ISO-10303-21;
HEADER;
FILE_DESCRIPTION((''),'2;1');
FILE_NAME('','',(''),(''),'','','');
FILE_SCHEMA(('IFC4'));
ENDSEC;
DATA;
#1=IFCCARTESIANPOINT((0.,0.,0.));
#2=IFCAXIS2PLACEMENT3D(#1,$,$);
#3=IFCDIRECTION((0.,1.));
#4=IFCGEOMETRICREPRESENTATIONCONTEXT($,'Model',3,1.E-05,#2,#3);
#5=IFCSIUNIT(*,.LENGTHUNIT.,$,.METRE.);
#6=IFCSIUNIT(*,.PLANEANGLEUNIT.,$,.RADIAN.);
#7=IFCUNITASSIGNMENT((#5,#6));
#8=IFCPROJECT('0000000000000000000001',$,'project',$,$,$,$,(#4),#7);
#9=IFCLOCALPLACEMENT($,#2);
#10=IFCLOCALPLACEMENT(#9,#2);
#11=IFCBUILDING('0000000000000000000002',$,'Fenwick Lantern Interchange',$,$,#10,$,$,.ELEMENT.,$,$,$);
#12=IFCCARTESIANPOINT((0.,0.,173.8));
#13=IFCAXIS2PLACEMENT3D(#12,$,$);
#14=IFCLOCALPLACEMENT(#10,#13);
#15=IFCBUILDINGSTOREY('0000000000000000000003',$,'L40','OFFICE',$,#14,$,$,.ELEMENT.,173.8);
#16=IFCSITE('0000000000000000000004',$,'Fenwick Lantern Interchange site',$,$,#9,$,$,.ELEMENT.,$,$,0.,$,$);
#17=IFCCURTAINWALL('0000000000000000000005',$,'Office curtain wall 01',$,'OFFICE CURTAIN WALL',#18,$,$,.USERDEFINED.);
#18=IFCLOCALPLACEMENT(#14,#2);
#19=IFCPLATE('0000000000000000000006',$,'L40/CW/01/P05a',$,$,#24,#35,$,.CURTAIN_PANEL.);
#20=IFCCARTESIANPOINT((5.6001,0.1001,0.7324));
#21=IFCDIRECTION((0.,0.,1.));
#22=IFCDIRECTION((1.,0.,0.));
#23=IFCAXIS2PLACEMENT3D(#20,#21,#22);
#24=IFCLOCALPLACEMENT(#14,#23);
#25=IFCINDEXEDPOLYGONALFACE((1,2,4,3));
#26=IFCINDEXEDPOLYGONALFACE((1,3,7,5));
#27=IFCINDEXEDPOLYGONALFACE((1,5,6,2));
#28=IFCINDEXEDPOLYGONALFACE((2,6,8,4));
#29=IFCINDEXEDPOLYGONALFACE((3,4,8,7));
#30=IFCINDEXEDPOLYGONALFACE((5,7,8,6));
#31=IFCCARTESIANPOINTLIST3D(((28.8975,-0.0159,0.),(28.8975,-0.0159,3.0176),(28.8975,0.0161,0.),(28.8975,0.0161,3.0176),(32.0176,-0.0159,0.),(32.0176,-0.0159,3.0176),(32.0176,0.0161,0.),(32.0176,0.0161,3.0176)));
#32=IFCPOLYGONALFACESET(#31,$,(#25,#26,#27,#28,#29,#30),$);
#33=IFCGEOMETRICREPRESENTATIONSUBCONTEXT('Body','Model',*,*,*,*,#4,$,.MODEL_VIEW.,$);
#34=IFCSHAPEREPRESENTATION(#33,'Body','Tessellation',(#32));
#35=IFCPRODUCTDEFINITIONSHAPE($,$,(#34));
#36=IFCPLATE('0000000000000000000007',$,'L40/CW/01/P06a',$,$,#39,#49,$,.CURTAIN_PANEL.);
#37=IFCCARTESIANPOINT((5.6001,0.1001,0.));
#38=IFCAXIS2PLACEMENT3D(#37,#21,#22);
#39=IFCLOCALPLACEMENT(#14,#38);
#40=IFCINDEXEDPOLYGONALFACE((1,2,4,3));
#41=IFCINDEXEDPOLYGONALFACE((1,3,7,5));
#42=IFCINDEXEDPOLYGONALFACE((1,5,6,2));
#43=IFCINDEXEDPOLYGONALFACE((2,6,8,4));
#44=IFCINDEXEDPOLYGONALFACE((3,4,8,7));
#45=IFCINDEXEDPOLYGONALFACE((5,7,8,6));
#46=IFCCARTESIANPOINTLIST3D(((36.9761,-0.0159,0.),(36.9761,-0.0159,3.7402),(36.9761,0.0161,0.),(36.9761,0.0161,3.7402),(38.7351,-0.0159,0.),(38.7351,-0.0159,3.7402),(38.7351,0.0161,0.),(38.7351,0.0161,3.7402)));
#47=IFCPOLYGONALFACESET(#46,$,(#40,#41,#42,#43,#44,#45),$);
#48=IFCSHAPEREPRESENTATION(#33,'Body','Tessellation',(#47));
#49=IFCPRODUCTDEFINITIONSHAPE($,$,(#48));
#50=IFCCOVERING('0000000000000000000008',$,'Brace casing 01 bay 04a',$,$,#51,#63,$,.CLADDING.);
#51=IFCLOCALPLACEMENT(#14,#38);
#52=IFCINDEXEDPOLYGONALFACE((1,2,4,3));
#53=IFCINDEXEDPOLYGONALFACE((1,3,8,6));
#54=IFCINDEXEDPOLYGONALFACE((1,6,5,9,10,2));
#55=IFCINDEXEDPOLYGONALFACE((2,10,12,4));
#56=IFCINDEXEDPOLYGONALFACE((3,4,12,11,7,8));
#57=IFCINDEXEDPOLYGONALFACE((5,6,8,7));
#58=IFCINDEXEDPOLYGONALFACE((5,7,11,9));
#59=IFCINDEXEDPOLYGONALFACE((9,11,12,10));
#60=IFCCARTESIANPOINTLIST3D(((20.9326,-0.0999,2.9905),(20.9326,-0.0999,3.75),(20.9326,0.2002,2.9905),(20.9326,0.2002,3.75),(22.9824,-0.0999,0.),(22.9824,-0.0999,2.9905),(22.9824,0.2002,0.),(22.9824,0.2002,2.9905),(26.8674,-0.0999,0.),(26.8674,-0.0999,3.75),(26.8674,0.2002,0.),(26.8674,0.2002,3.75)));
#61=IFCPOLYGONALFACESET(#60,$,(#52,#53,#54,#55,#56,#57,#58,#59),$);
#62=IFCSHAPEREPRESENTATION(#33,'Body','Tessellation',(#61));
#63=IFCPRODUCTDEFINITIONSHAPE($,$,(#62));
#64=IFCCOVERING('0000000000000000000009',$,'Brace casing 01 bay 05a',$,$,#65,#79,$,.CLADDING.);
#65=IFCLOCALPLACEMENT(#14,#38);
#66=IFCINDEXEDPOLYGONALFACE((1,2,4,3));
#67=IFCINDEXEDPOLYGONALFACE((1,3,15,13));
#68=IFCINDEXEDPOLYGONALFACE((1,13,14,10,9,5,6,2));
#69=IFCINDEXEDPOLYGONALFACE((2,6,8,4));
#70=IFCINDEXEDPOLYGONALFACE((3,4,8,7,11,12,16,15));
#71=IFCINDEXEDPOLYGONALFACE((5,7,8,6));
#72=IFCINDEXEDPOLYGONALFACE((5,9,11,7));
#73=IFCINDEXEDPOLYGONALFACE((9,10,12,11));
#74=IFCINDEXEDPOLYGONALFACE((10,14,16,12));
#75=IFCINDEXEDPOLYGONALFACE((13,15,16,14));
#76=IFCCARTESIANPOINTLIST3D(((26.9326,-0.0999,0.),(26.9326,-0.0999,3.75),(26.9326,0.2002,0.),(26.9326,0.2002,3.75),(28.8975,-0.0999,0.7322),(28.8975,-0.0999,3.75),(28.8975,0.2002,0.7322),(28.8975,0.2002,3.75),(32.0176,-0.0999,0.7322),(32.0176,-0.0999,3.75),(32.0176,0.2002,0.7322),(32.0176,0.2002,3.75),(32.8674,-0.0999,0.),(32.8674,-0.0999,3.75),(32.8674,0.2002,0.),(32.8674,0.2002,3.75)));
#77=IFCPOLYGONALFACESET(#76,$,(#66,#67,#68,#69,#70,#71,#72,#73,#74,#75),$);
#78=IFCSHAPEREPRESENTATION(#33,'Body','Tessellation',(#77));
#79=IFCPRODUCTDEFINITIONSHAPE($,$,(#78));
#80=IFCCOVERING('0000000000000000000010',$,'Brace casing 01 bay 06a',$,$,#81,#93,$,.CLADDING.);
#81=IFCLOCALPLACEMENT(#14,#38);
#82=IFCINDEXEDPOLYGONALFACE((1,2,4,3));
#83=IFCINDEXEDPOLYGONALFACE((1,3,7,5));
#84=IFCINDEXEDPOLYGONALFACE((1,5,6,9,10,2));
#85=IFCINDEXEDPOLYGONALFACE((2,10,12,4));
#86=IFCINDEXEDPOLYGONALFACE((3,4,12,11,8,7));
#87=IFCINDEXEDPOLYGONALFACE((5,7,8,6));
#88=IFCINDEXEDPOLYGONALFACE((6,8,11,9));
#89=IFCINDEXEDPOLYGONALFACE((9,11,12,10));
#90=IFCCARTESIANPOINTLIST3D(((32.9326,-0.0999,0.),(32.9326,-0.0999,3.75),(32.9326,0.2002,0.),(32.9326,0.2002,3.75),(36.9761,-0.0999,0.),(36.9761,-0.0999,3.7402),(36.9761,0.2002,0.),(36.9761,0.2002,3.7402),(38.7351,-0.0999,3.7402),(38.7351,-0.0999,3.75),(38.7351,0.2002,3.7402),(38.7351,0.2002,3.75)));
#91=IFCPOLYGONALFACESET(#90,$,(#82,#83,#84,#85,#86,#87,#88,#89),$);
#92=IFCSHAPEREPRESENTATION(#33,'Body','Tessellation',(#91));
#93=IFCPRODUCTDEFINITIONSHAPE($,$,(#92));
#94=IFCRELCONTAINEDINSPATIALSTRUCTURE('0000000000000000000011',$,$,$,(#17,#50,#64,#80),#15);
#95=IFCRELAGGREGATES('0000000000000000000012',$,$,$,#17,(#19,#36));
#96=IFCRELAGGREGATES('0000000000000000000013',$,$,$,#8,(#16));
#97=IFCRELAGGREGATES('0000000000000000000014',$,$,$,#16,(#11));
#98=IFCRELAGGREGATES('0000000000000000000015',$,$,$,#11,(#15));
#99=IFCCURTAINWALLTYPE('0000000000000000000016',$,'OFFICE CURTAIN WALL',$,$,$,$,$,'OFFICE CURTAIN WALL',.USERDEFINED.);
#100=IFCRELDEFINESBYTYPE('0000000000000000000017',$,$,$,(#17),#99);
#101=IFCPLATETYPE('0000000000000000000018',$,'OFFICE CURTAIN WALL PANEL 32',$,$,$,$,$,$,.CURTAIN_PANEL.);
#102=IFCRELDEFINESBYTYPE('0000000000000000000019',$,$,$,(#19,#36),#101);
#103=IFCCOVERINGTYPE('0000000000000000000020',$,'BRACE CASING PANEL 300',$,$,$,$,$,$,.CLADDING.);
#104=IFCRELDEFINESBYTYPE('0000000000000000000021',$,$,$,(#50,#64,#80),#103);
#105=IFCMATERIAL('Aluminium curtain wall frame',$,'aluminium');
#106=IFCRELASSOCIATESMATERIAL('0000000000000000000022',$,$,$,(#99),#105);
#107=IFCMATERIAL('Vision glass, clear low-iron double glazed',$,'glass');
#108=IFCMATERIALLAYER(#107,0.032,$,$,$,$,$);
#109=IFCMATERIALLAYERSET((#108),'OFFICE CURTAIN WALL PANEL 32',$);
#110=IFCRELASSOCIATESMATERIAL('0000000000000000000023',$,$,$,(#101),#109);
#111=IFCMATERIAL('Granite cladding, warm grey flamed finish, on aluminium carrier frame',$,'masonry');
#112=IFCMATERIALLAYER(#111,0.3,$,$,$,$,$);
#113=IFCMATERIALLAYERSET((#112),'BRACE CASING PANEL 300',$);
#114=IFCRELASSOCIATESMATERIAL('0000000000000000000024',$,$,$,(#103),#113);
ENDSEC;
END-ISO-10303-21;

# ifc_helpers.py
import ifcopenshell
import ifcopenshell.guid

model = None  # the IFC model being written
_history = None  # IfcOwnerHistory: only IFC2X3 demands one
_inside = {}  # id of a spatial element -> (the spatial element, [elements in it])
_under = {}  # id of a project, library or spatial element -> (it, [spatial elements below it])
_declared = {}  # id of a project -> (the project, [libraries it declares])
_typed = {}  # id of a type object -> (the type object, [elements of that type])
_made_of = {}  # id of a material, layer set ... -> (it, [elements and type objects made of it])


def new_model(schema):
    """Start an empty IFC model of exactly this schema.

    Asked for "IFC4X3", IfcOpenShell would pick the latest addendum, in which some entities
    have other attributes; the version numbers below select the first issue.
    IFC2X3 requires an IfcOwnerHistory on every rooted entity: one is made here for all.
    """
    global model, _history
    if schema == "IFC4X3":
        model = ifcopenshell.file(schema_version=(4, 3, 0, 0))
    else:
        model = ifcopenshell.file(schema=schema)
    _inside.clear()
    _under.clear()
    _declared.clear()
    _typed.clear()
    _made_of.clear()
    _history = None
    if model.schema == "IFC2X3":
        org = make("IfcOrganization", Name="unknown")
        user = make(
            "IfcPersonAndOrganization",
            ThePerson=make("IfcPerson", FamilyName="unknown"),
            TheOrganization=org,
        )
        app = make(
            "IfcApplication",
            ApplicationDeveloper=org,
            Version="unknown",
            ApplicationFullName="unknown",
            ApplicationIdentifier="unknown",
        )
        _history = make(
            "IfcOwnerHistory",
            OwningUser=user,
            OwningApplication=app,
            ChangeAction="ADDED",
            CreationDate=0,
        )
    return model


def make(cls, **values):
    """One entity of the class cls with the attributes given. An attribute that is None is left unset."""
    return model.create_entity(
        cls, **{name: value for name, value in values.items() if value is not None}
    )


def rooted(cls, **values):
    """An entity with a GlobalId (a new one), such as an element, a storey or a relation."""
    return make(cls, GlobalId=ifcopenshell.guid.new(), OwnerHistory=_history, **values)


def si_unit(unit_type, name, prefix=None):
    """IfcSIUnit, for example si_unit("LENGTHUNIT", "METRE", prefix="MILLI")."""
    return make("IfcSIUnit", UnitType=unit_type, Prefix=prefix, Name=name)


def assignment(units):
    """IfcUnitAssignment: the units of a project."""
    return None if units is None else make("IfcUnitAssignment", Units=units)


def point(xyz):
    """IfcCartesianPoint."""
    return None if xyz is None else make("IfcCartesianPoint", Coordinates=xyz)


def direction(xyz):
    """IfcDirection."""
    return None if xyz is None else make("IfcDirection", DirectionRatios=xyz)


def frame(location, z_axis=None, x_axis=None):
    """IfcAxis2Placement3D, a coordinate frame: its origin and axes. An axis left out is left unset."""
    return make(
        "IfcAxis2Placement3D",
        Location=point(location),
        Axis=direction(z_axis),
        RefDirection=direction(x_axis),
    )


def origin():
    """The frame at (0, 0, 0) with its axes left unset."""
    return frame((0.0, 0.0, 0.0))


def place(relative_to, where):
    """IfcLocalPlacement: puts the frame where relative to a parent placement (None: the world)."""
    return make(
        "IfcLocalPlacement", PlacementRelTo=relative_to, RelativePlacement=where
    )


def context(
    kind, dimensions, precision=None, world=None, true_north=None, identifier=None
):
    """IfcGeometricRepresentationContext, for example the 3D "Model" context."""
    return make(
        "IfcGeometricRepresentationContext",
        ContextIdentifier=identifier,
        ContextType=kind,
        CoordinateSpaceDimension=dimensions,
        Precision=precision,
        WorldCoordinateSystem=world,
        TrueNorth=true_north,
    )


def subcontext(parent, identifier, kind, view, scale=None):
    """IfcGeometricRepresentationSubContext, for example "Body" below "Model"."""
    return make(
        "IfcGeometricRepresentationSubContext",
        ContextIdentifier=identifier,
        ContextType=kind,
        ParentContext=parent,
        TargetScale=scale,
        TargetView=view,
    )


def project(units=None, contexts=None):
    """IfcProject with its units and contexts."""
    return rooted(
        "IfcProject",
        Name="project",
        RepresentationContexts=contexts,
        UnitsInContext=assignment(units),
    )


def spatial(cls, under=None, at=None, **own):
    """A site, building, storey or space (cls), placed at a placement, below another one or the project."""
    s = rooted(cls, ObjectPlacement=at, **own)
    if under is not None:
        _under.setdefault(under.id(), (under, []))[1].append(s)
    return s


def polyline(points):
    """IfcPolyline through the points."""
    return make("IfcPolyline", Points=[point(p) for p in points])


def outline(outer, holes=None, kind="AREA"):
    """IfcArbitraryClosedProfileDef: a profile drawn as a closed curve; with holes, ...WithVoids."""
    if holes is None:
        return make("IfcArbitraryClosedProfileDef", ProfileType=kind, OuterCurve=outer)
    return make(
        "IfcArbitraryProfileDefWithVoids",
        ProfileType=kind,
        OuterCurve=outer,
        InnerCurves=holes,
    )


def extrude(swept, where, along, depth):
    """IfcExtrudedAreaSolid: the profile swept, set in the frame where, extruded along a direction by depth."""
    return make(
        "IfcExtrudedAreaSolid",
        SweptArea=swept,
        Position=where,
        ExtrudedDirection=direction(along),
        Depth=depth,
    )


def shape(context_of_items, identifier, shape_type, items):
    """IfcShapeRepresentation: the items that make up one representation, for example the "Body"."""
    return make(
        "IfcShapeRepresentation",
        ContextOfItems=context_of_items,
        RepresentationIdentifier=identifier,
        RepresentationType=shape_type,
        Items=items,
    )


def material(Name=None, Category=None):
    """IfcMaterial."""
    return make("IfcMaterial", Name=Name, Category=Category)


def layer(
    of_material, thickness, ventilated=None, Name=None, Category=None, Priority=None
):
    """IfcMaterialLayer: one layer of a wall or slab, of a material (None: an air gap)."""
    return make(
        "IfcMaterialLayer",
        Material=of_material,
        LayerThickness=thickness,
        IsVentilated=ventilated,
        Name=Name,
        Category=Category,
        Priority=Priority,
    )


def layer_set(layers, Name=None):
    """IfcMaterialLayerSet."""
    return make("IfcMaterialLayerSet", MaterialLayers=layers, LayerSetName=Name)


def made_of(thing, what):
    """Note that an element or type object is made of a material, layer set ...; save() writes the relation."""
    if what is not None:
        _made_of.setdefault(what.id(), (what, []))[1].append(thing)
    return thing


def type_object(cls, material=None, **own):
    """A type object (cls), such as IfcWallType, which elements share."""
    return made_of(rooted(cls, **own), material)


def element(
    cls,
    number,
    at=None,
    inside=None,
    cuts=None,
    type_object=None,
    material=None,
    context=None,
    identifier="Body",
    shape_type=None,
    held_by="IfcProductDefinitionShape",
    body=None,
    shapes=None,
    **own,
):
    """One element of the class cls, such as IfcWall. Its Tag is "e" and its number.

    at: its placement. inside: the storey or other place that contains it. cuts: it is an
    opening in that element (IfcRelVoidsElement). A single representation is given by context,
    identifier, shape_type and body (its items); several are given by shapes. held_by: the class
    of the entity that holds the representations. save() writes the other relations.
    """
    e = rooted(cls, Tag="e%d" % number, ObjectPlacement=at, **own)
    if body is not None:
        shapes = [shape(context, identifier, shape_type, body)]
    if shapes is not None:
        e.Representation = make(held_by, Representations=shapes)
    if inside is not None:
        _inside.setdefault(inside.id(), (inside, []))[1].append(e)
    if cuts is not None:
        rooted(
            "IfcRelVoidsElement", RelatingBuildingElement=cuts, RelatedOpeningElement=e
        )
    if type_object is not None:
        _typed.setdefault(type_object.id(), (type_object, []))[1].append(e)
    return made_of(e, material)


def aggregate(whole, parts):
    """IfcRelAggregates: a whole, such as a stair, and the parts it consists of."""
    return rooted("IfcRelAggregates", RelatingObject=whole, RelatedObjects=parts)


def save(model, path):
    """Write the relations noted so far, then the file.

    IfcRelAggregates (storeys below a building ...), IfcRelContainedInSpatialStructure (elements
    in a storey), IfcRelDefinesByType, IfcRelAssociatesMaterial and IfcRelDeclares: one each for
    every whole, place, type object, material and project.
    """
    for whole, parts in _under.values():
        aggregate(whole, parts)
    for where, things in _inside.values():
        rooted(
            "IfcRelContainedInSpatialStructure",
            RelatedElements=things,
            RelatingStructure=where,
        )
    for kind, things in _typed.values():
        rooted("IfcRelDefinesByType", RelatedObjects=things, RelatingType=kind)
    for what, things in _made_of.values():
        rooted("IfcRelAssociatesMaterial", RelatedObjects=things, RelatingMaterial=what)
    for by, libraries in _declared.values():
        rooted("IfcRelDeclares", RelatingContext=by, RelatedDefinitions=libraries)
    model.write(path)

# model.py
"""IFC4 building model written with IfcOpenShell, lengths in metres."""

from ifc_helpers import new_model, si_unit, direction, frame, origin, place, context, subcontext, project, spatial, polyline, outline, extrude, material, layer, layer_set, type_object, element, aggregate, save


model = new_model("IFC4")

# Units and contexts
model_context = context("Model", 3, precision=1e-05, world=origin(), true_north=direction((0.0, 1.0)))
body_context = subcontext(model_context, "Body", "Model", "MODEL_VIEW")
ifc_project = project(units=[si_unit("LENGTHUNIT", "METRE"), si_unit("PLANEANGLEUNIT", "RADIAN")], contexts=[model_context])

# Site, building, storey
site_placement = place(None, origin())
site = spatial("IfcSite", under=ifc_project, at=site_placement, Name="Fenwick Lantern Interchange site", CompositionType="ELEMENT", RefElevation=0.0)
building_placement = place(site_placement, origin())
building = spatial("IfcBuilding", under=site, at=building_placement, Name="Fenwick Lantern Interchange", CompositionType="ELEMENT")
storey_placement = place(building_placement, frame((0.0, 0.0, 173.8)))
storey = spatial("IfcBuildingStorey", under=building, at=storey_placement, Name="L40", Description="OFFICE", CompositionType="ELEMENT", Elevation=173.8)

# Curtain wall
ifc_material_1 = material(Name="Aluminium curtain wall frame", Category="aluminium")
curtain_wall_type = type_object("IfcCurtainWallType", Name="OFFICE CURTAIN WALL", ElementType="OFFICE CURTAIN WALL", PredefinedType="USERDEFINED", material=ifc_material_1)
curtain_wall_1_placement = place(storey_placement, origin())
curtain_wall_1 = element("IfcCurtainWall", 1, at=curtain_wall_1_placement, inside=storey, type_object=curtain_wall_type, Name="Office curtain wall 01", ObjectType="OFFICE CURTAIN WALL", PredefinedType="USERDEFINED")

# Plates
ifc_material_2 = material(Name="Vision glass, clear low-iron double glazed", Category="glass")
ifc_layer_1 = layer(ifc_material_2, 0.032)
ifc_layer_set_1 = layer_set([ifc_layer_1], Name="OFFICE CURTAIN WALL PANEL 32")
plate_type = type_object("IfcPlateType", Name="OFFICE CURTAIN WALL PANEL 32", PredefinedType="CURTAIN_PANEL", material=ifc_layer_set_1)
plate_1_placement = place(storey_placement, frame((5.6001, 0.1001, 0.7324), z_axis=(0.0, 0.0, 1.0), x_axis=(1.0, 0.0, 0.0)))
plate_1 = element("IfcPlate", 2, at=plate_1_placement, type_object=plate_type, Name="L40/CW/01/P05a", PredefinedType="CURTAIN_PANEL", context=body_context, shape_type="SweptSolid", body=[
    extrude(outline(polyline([(28.8975, 0.0), (32.0176, 0.0), (32.0176, 3.0176), (28.8975, 3.0176), (28.8975, 0.0)])), frame((0.0, 0.0161, 0.0), z_axis=(0.0, -1.0, 0.0), x_axis=(1.0, 0.0, 0.0)), (0.0, 0.0, 1.0), 0.032),
])
plate_2_placement = place(storey_placement, frame((5.6001, 0.1001, 0.0), z_axis=(0.0, 0.0, 1.0), x_axis=(1.0, 0.0, 0.0)))
plate_2 = element("IfcPlate", 3, at=plate_2_placement, type_object=plate_type, Name="L40/CW/01/P06a", PredefinedType="CURTAIN_PANEL", context=body_context, shape_type="SweptSolid", body=[
    extrude(outline(polyline([(36.9761, 0.0), (38.7351, 0.0), (38.7351, 3.7402), (36.9761, 3.7402), (36.9761, 0.0)])), frame((0.0, 0.0161, 0.0), z_axis=(0.0, -1.0, 0.0), x_axis=(1.0, 0.0, 0.0)), (0.0, 0.0, 1.0), 0.032),
])
aggregate(curtain_wall_1, [plate_1, plate_2])

# Coverings
ifc_material_3 = material(Name="Granite cladding, warm grey flamed finish, on aluminium carrier frame", Category="masonry")
ifc_layer_2 = layer(ifc_material_3, 0.3)
ifc_layer_set_2 = layer_set([ifc_layer_2], Name="BRACE CASING PANEL 300")
covering_type = type_object("IfcCoveringType", Name="BRACE CASING PANEL 300", PredefinedType="CLADDING", material=ifc_layer_set_2)
covering_1_placement = place(storey_placement, frame((5.6001, 0.1001, 0.0), z_axis=(0.0, 0.0, 1.0), x_axis=(1.0, 0.0, 0.0)))
element("IfcCovering", 4, at=covering_1_placement, inside=storey, type_object=covering_type, Name="Brace casing 01 bay 04a", PredefinedType="CLADDING", context=body_context, shape_type="SweptSolid", body=[
    extrude(outline(polyline([(22.9824, 0.0), (26.8674, 0.0), (26.8674, 3.75), (20.9326, 3.75), (20.9326, 2.9905), (22.9824, 2.9905), (22.9824, 0.0)])), frame((0.0, 0.2002, 0.0), z_axis=(0.0, -1.0, 0.0), x_axis=(1.0, 0.0, 0.0)), (0.0, 0.0, 1.0), 0.3),
])
covering_2_placement = place(storey_placement, frame((5.6001, 0.1001, 0.0), z_axis=(0.0, 0.0, 1.0), x_axis=(1.0, 0.0, 0.0)))
element("IfcCovering", 5, at=covering_2_placement, inside=storey, type_object=covering_type, Name="Brace casing 01 bay 05a", PredefinedType="CLADDING", context=body_context, shape_type="SweptSolid", body=[
    extrude(outline(polyline([(26.9326, 0.0), (32.8674, 0.0), (32.8674, 3.75), (32.0176, 3.75), (32.0176, 0.7322), (28.8975, 0.7322), (28.8975, 3.75), (26.9326, 3.75), (26.9326, 0.0)])), frame((0.0, 0.2002, 0.0), z_axis=(0.0, -1.0, 0.0), x_axis=(1.0, 0.0, 0.0)), (0.0, 0.0, 1.0), 0.3),
])
covering_3_placement = place(storey_placement, frame((5.6001, 0.1001, 0.0), z_axis=(0.0, 0.0, 1.0), x_axis=(1.0, 0.0, 0.0)))
element("IfcCovering", 6, at=covering_3_placement, inside=storey, type_object=covering_type, Name="Brace casing 01 bay 06a", PredefinedType="CLADDING", context=body_context, shape_type="SweptSolid", body=[
    extrude(outline(polyline([(32.9326, 0.0), (36.9761, 0.0), (36.9761, 3.7402), (38.7351, 3.7402), (38.7351, 3.75), (32.9326, 3.75), (32.9326, 0.0)])), frame((0.0, 0.2002, 0.0), z_axis=(0.0, -1.0, 0.0), x_axis=(1.0, 0.0, 0.0)), (0.0, 0.0, 1.0), 0.3),
])

save(model, "model.ifc")
